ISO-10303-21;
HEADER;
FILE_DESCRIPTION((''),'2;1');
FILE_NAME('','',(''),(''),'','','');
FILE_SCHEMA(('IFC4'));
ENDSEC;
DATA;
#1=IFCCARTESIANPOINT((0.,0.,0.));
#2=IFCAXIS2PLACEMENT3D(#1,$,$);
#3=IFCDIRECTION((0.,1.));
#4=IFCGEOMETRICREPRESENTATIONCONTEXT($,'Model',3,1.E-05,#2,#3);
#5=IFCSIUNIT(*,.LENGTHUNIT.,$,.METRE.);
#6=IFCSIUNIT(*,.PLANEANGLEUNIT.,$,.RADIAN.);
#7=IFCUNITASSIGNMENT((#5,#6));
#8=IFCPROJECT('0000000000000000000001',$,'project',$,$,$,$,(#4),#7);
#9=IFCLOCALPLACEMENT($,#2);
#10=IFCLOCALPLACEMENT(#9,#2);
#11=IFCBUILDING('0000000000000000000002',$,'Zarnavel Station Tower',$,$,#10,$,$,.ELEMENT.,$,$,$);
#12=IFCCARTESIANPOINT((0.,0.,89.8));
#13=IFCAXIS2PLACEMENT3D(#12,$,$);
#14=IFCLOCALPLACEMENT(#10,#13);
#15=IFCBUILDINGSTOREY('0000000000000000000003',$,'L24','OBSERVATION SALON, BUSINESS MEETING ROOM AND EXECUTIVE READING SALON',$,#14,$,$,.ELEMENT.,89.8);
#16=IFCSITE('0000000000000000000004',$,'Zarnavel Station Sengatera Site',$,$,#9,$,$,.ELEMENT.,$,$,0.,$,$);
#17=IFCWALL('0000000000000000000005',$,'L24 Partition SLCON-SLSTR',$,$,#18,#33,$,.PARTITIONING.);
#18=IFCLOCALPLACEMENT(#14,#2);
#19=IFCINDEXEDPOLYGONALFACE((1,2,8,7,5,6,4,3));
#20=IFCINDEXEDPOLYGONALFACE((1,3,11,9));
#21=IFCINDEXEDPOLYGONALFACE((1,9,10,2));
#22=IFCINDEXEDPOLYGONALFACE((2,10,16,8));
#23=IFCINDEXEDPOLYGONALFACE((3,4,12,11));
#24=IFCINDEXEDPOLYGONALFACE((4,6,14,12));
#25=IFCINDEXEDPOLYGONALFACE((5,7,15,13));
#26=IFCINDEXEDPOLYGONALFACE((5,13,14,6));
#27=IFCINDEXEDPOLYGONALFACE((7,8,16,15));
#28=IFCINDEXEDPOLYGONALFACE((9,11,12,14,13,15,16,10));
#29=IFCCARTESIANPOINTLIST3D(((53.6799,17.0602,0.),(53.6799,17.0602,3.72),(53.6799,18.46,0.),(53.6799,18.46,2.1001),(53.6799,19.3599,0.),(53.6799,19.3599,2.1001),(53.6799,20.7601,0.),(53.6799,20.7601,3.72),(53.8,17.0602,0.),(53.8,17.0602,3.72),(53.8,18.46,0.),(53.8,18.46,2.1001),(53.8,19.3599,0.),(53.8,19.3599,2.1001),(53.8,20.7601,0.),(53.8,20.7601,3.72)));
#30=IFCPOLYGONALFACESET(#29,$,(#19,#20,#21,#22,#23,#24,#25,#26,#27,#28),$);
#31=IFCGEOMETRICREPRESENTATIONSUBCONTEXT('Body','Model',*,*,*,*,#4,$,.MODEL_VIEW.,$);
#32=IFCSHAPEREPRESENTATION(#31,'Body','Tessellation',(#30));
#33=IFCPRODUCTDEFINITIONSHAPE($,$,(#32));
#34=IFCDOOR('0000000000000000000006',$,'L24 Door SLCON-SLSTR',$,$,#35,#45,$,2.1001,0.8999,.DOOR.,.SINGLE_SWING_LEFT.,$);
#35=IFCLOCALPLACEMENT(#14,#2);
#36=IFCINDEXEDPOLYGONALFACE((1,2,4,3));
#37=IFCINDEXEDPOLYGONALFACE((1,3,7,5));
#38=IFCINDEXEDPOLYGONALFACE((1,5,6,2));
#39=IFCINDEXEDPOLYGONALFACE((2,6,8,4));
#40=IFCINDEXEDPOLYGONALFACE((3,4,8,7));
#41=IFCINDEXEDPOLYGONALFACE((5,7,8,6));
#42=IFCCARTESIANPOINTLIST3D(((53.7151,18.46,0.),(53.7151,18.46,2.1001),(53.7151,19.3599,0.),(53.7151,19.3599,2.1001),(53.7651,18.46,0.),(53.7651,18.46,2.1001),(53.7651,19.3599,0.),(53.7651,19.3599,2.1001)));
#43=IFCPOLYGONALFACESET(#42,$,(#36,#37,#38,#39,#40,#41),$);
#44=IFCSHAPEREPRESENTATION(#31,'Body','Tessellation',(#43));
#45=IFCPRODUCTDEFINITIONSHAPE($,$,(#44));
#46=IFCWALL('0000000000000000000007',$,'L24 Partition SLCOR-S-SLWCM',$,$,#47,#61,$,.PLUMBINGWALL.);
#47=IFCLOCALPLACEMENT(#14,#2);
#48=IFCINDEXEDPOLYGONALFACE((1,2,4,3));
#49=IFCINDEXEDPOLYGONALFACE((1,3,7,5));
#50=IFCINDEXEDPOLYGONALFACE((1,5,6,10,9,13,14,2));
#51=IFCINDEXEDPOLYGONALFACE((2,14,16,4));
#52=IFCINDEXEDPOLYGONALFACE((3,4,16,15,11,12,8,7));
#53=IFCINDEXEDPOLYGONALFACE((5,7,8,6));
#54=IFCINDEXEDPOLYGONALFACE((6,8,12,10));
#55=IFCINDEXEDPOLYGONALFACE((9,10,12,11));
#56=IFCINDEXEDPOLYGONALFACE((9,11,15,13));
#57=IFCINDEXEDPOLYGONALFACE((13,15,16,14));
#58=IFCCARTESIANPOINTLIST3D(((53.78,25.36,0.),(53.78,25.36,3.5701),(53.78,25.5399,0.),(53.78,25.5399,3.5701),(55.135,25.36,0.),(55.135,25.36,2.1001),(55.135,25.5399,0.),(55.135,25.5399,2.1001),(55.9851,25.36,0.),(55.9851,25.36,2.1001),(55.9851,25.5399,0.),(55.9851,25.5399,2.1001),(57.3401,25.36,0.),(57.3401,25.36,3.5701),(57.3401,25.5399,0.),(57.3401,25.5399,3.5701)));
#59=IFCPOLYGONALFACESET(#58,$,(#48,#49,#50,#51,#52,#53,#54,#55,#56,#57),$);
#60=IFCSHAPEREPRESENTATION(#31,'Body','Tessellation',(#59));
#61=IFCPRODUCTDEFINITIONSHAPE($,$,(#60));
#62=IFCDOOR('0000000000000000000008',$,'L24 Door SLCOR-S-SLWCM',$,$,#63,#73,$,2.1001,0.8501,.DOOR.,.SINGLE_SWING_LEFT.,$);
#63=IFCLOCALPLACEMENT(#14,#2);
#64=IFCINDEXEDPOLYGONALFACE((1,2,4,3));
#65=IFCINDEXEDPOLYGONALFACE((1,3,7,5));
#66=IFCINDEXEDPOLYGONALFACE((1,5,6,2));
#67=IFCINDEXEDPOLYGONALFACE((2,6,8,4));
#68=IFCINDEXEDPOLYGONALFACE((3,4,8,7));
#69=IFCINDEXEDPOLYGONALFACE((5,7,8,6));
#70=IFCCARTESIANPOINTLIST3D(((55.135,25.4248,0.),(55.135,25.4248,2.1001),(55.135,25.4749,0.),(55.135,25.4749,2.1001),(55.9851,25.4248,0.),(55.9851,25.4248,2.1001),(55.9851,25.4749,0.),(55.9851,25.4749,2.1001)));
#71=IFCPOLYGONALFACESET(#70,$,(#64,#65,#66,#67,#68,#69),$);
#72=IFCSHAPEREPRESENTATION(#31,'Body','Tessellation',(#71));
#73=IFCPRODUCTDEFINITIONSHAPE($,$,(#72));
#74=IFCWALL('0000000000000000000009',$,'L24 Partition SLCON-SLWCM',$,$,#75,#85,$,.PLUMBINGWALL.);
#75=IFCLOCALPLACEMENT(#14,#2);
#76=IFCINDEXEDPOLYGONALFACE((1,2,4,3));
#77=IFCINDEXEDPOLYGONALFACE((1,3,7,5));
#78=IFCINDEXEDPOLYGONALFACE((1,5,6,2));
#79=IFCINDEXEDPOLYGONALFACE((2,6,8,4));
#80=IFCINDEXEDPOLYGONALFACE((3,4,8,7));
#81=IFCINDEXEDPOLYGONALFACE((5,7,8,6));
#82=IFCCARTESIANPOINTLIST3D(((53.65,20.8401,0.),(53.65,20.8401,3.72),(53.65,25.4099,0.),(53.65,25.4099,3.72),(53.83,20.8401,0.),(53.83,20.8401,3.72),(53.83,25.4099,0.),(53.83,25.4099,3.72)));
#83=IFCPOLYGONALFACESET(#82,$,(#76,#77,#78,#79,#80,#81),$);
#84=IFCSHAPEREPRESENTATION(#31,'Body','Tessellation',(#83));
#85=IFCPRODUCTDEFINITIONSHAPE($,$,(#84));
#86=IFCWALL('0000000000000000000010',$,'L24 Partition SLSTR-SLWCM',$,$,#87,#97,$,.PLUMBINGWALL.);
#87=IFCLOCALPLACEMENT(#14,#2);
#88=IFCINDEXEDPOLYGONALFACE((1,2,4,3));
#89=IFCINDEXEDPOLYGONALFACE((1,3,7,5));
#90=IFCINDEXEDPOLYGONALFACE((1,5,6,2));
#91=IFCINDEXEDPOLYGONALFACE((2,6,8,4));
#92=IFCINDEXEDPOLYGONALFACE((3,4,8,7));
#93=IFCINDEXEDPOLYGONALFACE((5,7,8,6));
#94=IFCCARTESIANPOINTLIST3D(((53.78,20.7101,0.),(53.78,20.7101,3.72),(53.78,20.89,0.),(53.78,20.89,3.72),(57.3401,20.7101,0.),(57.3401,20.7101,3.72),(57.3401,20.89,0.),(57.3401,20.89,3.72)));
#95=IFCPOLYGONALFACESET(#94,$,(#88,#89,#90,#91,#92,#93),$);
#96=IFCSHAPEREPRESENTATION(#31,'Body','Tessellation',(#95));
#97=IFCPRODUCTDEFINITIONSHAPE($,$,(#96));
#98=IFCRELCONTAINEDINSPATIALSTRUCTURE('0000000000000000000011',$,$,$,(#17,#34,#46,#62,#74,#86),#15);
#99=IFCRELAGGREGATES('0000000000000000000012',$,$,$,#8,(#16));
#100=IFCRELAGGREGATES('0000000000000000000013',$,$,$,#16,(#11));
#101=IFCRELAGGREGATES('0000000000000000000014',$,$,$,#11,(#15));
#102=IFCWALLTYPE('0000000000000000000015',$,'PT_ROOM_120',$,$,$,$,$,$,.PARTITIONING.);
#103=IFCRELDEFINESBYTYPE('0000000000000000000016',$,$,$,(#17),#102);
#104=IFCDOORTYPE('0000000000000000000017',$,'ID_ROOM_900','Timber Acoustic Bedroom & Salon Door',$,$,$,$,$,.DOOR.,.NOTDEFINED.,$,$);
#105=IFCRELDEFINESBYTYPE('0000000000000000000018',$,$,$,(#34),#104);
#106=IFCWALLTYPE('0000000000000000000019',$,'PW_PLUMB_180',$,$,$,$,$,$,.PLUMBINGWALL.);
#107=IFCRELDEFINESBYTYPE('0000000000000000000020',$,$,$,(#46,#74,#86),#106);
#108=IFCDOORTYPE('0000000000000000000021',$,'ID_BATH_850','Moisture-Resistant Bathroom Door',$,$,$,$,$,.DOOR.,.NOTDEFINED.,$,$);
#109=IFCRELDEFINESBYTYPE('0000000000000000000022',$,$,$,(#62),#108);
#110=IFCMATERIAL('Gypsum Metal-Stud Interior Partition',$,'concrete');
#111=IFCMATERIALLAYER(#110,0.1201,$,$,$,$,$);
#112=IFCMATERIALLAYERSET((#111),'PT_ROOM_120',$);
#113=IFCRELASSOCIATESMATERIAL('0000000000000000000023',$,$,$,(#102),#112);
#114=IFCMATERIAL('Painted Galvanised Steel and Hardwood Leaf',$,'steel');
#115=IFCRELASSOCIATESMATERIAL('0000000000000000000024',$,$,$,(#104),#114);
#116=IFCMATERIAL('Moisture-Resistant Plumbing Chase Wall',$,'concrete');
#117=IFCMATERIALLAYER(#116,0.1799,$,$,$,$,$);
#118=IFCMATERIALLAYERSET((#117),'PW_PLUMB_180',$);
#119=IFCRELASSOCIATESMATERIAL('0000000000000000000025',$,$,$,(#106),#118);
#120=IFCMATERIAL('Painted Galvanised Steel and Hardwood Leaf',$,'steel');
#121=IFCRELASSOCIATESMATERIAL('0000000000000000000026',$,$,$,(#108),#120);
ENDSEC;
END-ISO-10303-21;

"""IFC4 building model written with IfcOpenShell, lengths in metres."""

from ifc_helpers import new_model, si_unit, direction, frame, frame_2d, origin, place, context, subcontext, project, spatial, rectangle, extrude, material, layer, layer_set, type_object, element, fill, save


model = new_model("IFC4")

# Units and contexts
model_context = context("Model", 3, precision=1e-05, world=origin(), true_north=direction((0.0, 1.0)))
body_context = subcontext(model_context, "Body", "Model", "MODEL_VIEW")
ifc_project = project(units=[si_unit("LENGTHUNIT", "METRE"), si_unit("PLANEANGLEUNIT", "RADIAN")], contexts=[model_context])

# Site, building, storey
site_placement = place(None, origin())
site = spatial("IfcSite", under=ifc_project, at=site_placement, Name="Zarnavel Station Sengatera Site", CompositionType="ELEMENT", RefElevation=0.0)
building_placement = place(site_placement, origin())
building = spatial("IfcBuilding", under=site, at=building_placement, Name="Zarnavel Station Tower", CompositionType="ELEMENT")
storey_placement = place(building_placement, frame((0.0, 0.0, 89.8)))
storey = spatial("IfcBuildingStorey", under=building, at=storey_placement, Name="L24", Description="OBSERVATION SALON, BUSINESS MEETING ROOM AND EXECUTIVE READING SALON", CompositionType="ELEMENT", Elevation=89.8)

# Walls, openings, doors
ifc_material_1 = material(Name="Gypsum Metal-Stud Interior Partition", Category="concrete")
ifc_layer_1 = layer(ifc_material_1, 0.1201)
ifc_layer_set_1 = layer_set([ifc_layer_1], Name="PT_ROOM_120")
wall_type_1 = type_object("IfcWallType", Name="PT_ROOM_120", PredefinedType="PARTITIONING", material=ifc_layer_set_1)
ifc_material_2 = material(Name="Painted Galvanised Steel and Hardwood Leaf", Category="steel")
door_type_1 = type_object("IfcDoorType", Name="ID_ROOM_900", Description="Timber Acoustic Bedroom & Salon Door", OperationType="NOTDEFINED", PredefinedType="DOOR", material=ifc_material_2)
wall_1_placement = place(storey_placement, frame((53.74, 17.0601, 0.0), z_axis=(0.0, 0.0, 1.0), x_axis=(0.0, 1.0, 0.0)))
wall_1 = element("IfcWall", 1, at=wall_1_placement, inside=storey, type_object=wall_type_1, Name="L24 Partition SLCON-SLSTR", PredefinedType="PARTITIONING", context=body_context, shape_type="SweptSolid", body=[
    extrude(rectangle(XDim=3.7, YDim=0.1201, at=frame_2d((1.8501, 0.0))), origin(), (0.0, 0.0, 1.0), 3.72),
])
opening_1_placement = place(wall_1_placement, frame((1.3999, 0.0, 0.0)))
opening_1 = element("IfcOpeningElement", 2, at=opening_1_placement, cuts=wall_1, PredefinedType="OPENING", context=body_context, shape_type="SweptSolid", body=[
    extrude(rectangle(XDim=0.8999, YDim=2.1001, at=frame_2d((0.45, 1.05))), frame((0.0, 0.0701, 0.0), z_axis=(0.0, -1.0, 0.0), x_axis=(1.0, 0.0, 0.0)), (0.0, 0.0, 1.0), 0.1401),
])
door_1_placement = place(opening_1_placement, origin())
door_1 = element("IfcDoor", 3, at=door_1_placement, inside=storey, type_object=door_type_1, Name="L24 Door SLCON-SLSTR", OperationType="SINGLE_SWING_LEFT", OverallHeight=2.1001, OverallWidth=0.8999, PredefinedType="DOOR", context=body_context, shape_type="SweptSolid", body=[
    extrude(rectangle(XDim=0.8999, YDim=2.1001, at=frame_2d((0.45, 1.05))), frame((0.0, 0.0249, 0.0), z_axis=(0.0, -1.0, 0.0), x_axis=(1.0, 0.0, 0.0)), (0.0, 0.0, 1.0), 0.05),
])
fill(opening_1, door_1)
ifc_material_3 = material(Name="Moisture-Resistant Plumbing Chase Wall", Category="concrete")
ifc_layer_2 = layer(ifc_material_3, 0.1799)
ifc_layer_set_2 = layer_set([ifc_layer_2], Name="PW_PLUMB_180")
wall_type_2 = type_object("IfcWallType", Name="PW_PLUMB_180", PredefinedType="PLUMBINGWALL", material=ifc_layer_set_2)
wall_2_placement = place(storey_placement, frame((53.78, 25.45, 0.0), z_axis=(0.0, 0.0, 1.0), x_axis=(1.0, 0.0, 0.0)))
wall_2 = element("IfcWall", 4, at=wall_2_placement, inside=storey, type_object=wall_type_2, Name="L24 Partition SLCOR-S-SLWCM", PredefinedType="PLUMBINGWALL", context=body_context, shape_type="SweptSolid", body=[
    extrude(rectangle(XDim=3.5601, YDim=0.1799, at=frame_2d((1.78, 0.0))), origin(), (0.0, 0.0, 1.0), 3.5701),
])
opening_2_placement = place(wall_2_placement, frame((1.355, 0.0, 0.0)))
opening_2 = element("IfcOpeningElement", 5, at=opening_2_placement, cuts=wall_2, PredefinedType="OPENING", context=body_context, shape_type="SweptSolid", body=[
    extrude(rectangle(XDim=0.8501, YDim=2.1001, at=frame_2d((0.425, 1.05))), frame((0.0, 0.0999, 0.0), z_axis=(0.0, -1.0, 0.0), x_axis=(1.0, 0.0, 0.0)), (0.0, 0.0, 1.0), 0.2),
])
ifc_material_4 = material(Name="Painted Galvanised Steel and Hardwood Leaf", Category="steel")
door_type_2 = type_object("IfcDoorType", Name="ID_BATH_850", Description="Moisture-Resistant Bathroom Door", OperationType="NOTDEFINED", PredefinedType="DOOR", material=ifc_material_4)
door_2_placement = place(opening_2_placement, origin())
door_2 = element("IfcDoor", 6, at=door_2_placement, inside=storey, type_object=door_type_2, Name="L24 Door SLCOR-S-SLWCM", OperationType="SINGLE_SWING_LEFT", OverallHeight=2.1001, OverallWidth=0.8501, PredefinedType="DOOR", context=body_context, shape_type="SweptSolid", body=[
    extrude(rectangle(XDim=0.8501, YDim=2.1001, at=frame_2d((0.425, 1.05))), frame((0.0, 0.0249, 0.0), z_axis=(0.0, -1.0, 0.0), x_axis=(1.0, 0.0, 0.0)), (0.0, 0.0, 1.0), 0.05),
])
fill(opening_2, door_2)

# Walls
wall_3_placement = place(storey_placement, frame((53.74, 20.8401, 0.0), z_axis=(0.0, 0.0, 1.0), x_axis=(0.0, 1.0, 0.0)))
element("IfcWall", 7, at=wall_3_placement, inside=storey, type_object=wall_type_2, Name="L24 Partition SLCON-SLWCM", PredefinedType="PLUMBINGWALL", context=body_context, shape_type="SweptSolid", body=[
    extrude(rectangle(XDim=4.5698, YDim=0.1799, at=frame_2d((2.2849, 0.0))), origin(), (0.0, 0.0, 1.0), 3.72),
])
wall_4_placement = place(storey_placement, frame((53.78, 20.8, 0.0), z_axis=(0.0, 0.0, 1.0), x_axis=(1.0, 0.0, 0.0)))
element("IfcWall", 8, at=wall_4_placement, inside=storey, type_object=wall_type_2, Name="L24 Partition SLSTR-SLWCM", PredefinedType="PLUMBINGWALL", context=body_context, shape_type="SweptSolid", body=[
    extrude(rectangle(XDim=3.5601, YDim=0.1799, at=frame_2d((1.78, 0.0))), origin(), (0.0, 0.0, 1.0), 3.72),
])

save(model, "model.ifc")
